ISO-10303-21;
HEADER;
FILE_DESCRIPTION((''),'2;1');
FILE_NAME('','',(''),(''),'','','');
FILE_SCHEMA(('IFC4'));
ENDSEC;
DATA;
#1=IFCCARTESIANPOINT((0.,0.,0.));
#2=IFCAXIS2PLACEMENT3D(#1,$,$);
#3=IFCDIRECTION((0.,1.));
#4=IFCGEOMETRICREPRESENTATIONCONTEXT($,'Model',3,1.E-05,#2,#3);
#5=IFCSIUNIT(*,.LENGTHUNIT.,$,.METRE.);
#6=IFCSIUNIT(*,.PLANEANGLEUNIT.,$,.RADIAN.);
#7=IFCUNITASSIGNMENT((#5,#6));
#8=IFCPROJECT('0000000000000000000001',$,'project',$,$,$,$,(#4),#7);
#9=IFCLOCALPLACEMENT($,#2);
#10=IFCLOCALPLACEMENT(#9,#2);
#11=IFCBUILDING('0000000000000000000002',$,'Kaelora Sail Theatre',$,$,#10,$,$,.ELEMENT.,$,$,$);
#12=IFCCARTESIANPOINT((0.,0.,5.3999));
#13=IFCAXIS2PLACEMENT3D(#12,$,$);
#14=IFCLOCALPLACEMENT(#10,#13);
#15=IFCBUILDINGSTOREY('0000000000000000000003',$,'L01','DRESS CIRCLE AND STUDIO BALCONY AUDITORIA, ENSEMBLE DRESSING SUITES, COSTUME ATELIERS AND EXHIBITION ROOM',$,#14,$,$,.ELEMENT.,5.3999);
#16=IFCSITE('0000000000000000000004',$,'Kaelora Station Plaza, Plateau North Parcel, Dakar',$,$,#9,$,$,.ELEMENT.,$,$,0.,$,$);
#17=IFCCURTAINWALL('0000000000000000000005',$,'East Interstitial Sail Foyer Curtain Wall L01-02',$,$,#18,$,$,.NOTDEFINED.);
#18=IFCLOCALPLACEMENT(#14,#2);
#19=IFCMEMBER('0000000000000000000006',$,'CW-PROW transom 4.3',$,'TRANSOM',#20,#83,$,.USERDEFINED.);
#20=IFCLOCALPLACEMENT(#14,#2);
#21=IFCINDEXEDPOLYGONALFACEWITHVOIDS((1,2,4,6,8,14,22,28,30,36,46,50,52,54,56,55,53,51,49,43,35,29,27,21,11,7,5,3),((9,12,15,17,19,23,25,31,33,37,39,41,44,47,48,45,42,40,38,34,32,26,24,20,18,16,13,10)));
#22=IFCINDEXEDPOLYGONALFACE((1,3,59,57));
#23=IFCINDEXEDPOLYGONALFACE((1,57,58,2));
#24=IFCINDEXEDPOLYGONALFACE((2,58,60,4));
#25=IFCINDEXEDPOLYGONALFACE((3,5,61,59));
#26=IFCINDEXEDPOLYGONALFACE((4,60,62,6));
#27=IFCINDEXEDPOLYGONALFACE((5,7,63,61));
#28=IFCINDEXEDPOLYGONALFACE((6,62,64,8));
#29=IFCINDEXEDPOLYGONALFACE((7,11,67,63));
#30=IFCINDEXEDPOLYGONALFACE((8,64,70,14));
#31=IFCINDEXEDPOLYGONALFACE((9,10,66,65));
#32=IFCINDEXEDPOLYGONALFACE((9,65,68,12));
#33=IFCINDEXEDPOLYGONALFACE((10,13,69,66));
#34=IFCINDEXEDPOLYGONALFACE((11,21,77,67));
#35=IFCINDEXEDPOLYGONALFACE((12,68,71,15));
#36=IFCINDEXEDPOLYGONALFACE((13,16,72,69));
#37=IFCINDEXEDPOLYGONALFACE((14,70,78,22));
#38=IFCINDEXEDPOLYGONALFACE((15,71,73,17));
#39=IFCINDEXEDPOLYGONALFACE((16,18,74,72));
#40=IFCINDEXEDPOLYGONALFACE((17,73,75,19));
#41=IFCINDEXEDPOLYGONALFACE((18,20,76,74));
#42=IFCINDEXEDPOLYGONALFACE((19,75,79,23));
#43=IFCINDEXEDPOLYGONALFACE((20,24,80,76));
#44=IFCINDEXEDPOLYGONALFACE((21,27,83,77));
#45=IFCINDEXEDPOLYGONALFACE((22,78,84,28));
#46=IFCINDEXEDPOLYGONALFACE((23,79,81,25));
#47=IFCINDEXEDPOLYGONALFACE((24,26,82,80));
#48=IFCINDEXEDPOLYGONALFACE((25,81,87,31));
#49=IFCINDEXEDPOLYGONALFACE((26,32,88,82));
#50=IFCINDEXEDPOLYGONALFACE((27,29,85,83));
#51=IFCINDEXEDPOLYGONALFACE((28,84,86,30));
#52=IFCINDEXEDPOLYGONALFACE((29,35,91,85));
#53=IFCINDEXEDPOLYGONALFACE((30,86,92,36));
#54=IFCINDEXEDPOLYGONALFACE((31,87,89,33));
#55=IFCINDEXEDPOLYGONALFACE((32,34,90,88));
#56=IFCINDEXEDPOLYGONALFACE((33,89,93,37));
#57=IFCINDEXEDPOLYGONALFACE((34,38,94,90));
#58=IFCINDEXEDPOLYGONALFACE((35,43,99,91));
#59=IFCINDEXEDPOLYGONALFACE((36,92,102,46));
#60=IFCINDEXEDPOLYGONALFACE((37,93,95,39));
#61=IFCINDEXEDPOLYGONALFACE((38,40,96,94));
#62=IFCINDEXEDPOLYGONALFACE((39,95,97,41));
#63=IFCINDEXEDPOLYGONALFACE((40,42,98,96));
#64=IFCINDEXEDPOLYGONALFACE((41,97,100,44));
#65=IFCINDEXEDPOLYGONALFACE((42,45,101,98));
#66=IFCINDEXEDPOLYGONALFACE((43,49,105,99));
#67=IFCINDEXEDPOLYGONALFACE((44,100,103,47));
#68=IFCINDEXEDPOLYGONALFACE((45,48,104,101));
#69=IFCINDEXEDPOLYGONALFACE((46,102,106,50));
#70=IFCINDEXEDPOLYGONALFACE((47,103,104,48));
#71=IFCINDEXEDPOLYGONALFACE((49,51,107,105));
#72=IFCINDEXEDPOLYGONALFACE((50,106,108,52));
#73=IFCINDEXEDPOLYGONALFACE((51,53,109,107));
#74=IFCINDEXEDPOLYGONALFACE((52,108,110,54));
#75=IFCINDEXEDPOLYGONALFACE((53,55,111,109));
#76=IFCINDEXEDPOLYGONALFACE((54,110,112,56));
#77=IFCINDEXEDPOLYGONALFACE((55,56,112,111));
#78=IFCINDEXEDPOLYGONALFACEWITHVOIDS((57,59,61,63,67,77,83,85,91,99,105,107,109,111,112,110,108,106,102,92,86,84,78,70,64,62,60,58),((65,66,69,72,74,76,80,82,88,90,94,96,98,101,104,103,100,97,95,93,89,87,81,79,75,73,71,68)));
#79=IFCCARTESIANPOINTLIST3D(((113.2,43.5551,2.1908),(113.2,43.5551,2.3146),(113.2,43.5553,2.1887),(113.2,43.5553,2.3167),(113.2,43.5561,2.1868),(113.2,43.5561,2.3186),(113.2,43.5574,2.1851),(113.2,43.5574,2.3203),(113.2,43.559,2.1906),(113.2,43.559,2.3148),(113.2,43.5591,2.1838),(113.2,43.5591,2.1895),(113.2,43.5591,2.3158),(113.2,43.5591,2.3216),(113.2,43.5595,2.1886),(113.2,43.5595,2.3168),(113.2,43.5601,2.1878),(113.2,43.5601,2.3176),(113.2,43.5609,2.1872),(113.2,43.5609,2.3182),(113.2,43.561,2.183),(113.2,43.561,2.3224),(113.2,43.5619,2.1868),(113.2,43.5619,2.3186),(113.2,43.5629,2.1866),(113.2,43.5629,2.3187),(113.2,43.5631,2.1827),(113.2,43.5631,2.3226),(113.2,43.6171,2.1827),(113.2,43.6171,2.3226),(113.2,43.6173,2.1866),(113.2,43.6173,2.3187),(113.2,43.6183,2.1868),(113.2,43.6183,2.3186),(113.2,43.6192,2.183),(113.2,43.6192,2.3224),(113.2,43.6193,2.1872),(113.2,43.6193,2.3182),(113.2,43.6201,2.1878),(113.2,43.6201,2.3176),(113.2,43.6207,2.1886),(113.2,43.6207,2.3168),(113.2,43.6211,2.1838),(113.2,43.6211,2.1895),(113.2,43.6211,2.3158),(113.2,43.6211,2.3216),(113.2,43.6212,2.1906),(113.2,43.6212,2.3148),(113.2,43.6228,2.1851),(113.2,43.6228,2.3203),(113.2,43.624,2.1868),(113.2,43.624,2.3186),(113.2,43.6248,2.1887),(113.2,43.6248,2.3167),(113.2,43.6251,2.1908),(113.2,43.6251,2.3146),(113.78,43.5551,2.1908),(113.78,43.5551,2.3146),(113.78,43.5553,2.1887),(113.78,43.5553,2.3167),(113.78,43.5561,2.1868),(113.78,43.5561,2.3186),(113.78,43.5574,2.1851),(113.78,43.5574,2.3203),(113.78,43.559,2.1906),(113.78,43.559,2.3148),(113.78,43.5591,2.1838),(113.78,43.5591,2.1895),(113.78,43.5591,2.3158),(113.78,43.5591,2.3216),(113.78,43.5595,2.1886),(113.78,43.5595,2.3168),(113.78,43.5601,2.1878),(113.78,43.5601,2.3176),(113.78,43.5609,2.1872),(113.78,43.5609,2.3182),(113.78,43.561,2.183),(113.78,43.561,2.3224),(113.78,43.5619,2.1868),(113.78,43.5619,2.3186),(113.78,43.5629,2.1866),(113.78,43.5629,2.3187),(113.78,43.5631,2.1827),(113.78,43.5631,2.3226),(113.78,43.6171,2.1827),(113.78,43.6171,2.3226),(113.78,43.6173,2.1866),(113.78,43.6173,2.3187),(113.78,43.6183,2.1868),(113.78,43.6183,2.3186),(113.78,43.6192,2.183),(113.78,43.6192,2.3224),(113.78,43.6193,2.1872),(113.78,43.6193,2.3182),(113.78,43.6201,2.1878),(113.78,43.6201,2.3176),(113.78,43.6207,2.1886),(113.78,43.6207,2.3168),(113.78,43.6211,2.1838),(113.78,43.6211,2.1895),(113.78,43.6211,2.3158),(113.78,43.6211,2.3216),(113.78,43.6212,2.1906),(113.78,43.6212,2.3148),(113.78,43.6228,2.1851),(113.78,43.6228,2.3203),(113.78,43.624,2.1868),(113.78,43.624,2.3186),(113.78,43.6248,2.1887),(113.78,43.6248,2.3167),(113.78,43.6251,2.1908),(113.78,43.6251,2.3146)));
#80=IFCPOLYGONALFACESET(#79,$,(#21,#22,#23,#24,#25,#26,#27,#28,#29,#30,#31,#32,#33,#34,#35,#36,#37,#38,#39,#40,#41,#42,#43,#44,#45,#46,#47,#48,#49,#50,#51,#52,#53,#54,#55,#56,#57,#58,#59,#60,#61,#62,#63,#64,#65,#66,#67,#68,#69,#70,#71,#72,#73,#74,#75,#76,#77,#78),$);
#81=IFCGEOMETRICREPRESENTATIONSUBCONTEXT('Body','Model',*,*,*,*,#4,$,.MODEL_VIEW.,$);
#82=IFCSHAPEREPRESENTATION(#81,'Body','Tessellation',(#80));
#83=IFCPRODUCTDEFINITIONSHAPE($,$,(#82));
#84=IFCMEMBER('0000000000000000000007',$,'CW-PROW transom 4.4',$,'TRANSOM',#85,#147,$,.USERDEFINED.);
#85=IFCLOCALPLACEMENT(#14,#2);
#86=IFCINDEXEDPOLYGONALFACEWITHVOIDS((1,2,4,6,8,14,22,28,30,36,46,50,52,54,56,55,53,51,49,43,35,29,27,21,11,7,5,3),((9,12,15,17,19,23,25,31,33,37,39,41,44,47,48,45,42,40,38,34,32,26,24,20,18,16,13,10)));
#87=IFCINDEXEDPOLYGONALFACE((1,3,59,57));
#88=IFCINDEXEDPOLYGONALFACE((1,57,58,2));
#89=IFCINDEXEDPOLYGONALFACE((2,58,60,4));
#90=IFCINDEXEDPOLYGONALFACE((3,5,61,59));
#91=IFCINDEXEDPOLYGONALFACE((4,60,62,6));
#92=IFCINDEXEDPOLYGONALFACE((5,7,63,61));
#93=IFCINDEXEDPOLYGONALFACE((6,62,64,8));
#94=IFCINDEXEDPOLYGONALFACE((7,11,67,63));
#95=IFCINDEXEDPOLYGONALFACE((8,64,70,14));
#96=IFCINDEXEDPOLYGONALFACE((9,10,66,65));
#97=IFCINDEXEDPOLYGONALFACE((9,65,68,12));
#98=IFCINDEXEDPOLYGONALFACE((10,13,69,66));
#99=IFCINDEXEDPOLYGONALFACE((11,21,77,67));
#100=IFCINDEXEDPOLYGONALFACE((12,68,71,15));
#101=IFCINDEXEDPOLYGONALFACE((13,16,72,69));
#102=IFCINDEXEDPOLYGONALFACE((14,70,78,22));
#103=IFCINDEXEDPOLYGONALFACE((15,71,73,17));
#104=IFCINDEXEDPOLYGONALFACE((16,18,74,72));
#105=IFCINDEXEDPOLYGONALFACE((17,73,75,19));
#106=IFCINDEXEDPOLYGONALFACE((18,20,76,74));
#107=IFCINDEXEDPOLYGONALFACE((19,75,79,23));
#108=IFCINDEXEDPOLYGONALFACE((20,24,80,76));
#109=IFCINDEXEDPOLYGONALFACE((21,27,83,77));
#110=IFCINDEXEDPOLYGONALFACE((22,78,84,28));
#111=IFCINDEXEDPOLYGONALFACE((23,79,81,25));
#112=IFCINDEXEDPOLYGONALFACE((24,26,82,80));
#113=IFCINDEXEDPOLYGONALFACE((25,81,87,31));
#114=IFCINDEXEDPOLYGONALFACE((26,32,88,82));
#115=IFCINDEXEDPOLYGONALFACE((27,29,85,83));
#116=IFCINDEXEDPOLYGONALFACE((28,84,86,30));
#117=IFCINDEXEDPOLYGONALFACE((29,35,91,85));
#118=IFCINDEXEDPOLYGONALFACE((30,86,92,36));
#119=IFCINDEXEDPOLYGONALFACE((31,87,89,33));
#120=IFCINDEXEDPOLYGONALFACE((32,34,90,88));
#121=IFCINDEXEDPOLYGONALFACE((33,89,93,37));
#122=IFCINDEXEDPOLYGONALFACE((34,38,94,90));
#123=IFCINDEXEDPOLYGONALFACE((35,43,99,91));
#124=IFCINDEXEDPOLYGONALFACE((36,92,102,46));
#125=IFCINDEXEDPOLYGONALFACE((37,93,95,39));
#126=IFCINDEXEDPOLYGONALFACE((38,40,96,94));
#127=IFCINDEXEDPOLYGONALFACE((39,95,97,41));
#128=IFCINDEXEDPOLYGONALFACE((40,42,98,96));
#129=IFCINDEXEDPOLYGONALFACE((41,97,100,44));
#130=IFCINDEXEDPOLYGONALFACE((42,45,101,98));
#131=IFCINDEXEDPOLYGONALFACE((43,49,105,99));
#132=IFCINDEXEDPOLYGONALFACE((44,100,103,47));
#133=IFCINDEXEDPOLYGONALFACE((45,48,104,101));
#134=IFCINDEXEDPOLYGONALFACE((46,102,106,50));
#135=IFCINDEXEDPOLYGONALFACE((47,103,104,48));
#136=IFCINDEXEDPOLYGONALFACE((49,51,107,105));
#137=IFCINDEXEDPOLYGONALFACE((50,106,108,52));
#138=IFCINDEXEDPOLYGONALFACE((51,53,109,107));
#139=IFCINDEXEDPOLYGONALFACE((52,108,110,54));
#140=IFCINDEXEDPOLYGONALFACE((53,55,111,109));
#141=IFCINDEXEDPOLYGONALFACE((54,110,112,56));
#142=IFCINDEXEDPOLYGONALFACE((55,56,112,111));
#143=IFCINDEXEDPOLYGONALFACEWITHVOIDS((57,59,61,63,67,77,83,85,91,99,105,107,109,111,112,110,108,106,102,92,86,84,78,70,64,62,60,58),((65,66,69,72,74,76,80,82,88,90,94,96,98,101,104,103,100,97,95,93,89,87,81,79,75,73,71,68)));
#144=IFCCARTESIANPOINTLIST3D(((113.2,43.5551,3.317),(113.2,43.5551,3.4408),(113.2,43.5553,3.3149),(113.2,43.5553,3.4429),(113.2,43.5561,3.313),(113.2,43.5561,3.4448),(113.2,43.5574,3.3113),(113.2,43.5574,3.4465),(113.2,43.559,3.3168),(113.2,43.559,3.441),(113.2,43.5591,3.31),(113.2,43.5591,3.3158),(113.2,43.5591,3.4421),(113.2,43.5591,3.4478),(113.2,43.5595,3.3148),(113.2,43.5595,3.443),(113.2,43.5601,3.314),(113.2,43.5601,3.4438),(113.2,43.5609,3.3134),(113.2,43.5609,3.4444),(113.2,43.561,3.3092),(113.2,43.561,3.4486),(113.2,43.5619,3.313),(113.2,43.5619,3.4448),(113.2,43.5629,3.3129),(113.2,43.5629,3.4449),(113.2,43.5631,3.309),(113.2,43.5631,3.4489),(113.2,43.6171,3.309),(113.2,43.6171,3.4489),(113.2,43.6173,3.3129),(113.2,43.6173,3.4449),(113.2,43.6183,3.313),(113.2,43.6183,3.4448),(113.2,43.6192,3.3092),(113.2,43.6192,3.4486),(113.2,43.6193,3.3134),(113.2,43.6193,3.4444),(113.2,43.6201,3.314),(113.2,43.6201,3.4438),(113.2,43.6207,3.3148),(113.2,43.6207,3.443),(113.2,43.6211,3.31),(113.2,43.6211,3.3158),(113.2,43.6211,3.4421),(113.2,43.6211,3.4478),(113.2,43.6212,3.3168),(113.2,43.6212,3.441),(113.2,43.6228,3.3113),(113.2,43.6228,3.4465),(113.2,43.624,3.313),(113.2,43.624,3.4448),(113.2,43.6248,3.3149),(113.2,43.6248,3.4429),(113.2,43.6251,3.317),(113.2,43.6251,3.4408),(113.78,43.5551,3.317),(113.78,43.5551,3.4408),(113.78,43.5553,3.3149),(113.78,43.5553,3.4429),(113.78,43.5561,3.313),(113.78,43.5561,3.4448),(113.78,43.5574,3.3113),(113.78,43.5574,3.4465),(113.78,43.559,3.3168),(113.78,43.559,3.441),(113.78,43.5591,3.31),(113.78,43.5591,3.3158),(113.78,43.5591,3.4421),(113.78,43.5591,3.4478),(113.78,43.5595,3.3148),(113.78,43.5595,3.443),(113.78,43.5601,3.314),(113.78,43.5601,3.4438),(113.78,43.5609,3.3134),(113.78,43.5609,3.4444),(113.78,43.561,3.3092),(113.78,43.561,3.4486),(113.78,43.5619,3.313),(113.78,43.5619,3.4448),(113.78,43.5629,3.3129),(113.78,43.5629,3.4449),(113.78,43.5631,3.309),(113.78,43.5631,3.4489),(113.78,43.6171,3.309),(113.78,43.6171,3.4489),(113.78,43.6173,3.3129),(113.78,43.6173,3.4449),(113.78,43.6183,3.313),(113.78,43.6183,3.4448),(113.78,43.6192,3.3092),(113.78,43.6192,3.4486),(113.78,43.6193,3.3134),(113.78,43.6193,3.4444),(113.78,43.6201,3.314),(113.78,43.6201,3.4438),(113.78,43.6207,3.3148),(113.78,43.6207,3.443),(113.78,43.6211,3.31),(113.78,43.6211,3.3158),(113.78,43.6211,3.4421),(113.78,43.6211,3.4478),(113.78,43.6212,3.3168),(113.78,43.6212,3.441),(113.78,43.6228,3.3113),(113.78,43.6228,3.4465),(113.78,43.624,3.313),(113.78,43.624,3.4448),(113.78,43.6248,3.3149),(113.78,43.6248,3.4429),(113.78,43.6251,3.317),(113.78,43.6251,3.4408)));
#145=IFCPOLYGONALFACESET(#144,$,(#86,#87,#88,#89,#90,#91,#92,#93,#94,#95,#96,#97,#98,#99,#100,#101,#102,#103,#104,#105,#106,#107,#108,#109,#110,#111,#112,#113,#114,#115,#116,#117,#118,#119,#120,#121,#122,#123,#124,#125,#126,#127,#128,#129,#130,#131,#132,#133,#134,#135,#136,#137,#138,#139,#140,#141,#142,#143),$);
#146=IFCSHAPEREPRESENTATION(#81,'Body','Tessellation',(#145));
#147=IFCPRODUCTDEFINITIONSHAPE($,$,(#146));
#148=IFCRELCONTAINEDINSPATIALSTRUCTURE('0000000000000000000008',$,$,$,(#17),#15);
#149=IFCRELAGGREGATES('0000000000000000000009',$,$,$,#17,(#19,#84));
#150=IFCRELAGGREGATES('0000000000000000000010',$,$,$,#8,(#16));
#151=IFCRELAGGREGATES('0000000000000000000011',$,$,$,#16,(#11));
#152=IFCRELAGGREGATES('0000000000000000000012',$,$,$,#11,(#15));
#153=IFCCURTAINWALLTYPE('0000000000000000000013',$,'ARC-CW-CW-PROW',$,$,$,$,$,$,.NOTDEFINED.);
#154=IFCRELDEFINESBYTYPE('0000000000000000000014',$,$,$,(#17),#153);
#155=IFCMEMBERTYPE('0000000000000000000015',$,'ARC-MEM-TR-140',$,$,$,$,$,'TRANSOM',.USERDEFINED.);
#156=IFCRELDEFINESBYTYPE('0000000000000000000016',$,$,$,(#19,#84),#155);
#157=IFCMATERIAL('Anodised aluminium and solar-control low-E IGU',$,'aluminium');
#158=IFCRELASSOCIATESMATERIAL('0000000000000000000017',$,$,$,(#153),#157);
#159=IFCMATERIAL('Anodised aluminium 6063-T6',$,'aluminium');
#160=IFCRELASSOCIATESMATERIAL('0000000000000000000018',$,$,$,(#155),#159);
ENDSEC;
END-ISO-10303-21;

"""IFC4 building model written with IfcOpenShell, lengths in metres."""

from ifc_helpers import new_model, si_unit, direction, frame, origin, origin_2d, place, context, subcontext, project, spatial, hollow_rectangle, extrude, material, material_profile, profile_set, type_object, element, aggregate, save


model = new_model("IFC4")

# Units and contexts
model_context = context("Model", 3, precision=1e-05, world=origin(), true_north=direction((0.0, 1.0)))
body_context = subcontext(model_context, "Body", "Model", "MODEL_VIEW")
ifc_project = project(units=[si_unit("LENGTHUNIT", "METRE"), si_unit("PLANEANGLEUNIT", "RADIAN")], contexts=[model_context])

# Site, building, storey
site_placement = place(None, origin())
site = spatial("IfcSite", under=ifc_project, at=site_placement, Name="Kaelora Station Plaza, Plateau North Parcel, Dakar", CompositionType="ELEMENT", RefElevation=0.0)
building_placement = place(site_placement, origin())
building = spatial("IfcBuilding", under=site, at=building_placement, Name="Kaelora Sail Theatre", CompositionType="ELEMENT")
storey_placement = place(building_placement, frame((0.0, 0.0, 5.3999)))
storey = spatial("IfcBuildingStorey", under=building, at=storey_placement, Name="L01", Description="DRESS CIRCLE AND STUDIO BALCONY AUDITORIA, ENSEMBLE DRESSING SUITES, COSTUME ATELIERS AND EXHIBITION ROOM", CompositionType="ELEMENT", Elevation=5.3999)

# Curtain wall, members
ifc_material_1 = material(Name="Anodised aluminium and solar-control low-E IGU", Category="aluminium")
curtain_wall_type = type_object("IfcCurtainWallType", Name="ARC-CW-CW-PROW", PredefinedType="NOTDEFINED", material=ifc_material_1)
curtain_wall_placement = place(storey_placement, origin())
curtain_wall = element("IfcCurtainWall", 1, at=curtain_wall_placement, inside=storey, type_object=curtain_wall_type, Name="East Interstitial Sail Foyer Curtain Wall L01-02", PredefinedType="NOTDEFINED")
ifc_material_2 = material(Name="Anodised aluminium 6063-T6", Category="aluminium")
ifc_material_profile_1 = material_profile(ifc_material_2, hollow_rectangle(XDim=0.0701, YDim=0.1399, WallThickness=0.0039, InnerFilletRadius=0.0039, OuterFilletRadius=0.0081, at=origin_2d()), Name="ALU-TRAN 70x140x4")
ifc_profile_set_1 = profile_set([ifc_material_profile_1], Name="Anodised aluminium 6063-T6")
member_type_1 = type_object("IfcMemberType", Name="ARC-MEM-TR-140", ElementType="TRANSOM", PredefinedType="USERDEFINED", material=ifc_profile_set_1)
member_1_placement = place(storey_placement, frame((113.2, 43.5901, 2.2527), z_axis=(1.0, 0.0, 0.0), x_axis=(0.0, 1.0, 0.0)))
member_1 = element("IfcMember", 2, at=member_1_placement, type_object=member_type_1, Name="CW-PROW transom 4.3", ObjectType="TRANSOM", PredefinedType="USERDEFINED", context=body_context, shape_type="SweptSolid", body=[
    extrude(hollow_rectangle(XDim=0.0701, YDim=0.1399, WallThickness=0.0039, InnerFilletRadius=0.0039, OuterFilletRadius=0.0081, at=origin_2d()), origin(), (0.0, 0.0, 1.0), 0.5801),
])
member_2_placement = place(storey_placement, frame((113.2, 43.5901, 3.3789), z_axis=(1.0, 0.0, 0.0), x_axis=(0.0, 1.0, 0.0)))
member_2 = element("IfcMember", 3, at=member_2_placement, type_object=member_type_1, Name="CW-PROW transom 4.4", ObjectType="TRANSOM", PredefinedType="USERDEFINED", context=body_context, shape_type="SweptSolid", body=[
    extrude(hollow_rectangle(XDim=0.0701, YDim=0.1399, WallThickness=0.0039, InnerFilletRadius=0.0039, OuterFilletRadius=0.0081, at=origin_2d()), origin(), (0.0, 0.0, 1.0), 0.5801),
])

aggregate(curtain_wall, [member_1, member_2])

save(model, "model.ifc")
